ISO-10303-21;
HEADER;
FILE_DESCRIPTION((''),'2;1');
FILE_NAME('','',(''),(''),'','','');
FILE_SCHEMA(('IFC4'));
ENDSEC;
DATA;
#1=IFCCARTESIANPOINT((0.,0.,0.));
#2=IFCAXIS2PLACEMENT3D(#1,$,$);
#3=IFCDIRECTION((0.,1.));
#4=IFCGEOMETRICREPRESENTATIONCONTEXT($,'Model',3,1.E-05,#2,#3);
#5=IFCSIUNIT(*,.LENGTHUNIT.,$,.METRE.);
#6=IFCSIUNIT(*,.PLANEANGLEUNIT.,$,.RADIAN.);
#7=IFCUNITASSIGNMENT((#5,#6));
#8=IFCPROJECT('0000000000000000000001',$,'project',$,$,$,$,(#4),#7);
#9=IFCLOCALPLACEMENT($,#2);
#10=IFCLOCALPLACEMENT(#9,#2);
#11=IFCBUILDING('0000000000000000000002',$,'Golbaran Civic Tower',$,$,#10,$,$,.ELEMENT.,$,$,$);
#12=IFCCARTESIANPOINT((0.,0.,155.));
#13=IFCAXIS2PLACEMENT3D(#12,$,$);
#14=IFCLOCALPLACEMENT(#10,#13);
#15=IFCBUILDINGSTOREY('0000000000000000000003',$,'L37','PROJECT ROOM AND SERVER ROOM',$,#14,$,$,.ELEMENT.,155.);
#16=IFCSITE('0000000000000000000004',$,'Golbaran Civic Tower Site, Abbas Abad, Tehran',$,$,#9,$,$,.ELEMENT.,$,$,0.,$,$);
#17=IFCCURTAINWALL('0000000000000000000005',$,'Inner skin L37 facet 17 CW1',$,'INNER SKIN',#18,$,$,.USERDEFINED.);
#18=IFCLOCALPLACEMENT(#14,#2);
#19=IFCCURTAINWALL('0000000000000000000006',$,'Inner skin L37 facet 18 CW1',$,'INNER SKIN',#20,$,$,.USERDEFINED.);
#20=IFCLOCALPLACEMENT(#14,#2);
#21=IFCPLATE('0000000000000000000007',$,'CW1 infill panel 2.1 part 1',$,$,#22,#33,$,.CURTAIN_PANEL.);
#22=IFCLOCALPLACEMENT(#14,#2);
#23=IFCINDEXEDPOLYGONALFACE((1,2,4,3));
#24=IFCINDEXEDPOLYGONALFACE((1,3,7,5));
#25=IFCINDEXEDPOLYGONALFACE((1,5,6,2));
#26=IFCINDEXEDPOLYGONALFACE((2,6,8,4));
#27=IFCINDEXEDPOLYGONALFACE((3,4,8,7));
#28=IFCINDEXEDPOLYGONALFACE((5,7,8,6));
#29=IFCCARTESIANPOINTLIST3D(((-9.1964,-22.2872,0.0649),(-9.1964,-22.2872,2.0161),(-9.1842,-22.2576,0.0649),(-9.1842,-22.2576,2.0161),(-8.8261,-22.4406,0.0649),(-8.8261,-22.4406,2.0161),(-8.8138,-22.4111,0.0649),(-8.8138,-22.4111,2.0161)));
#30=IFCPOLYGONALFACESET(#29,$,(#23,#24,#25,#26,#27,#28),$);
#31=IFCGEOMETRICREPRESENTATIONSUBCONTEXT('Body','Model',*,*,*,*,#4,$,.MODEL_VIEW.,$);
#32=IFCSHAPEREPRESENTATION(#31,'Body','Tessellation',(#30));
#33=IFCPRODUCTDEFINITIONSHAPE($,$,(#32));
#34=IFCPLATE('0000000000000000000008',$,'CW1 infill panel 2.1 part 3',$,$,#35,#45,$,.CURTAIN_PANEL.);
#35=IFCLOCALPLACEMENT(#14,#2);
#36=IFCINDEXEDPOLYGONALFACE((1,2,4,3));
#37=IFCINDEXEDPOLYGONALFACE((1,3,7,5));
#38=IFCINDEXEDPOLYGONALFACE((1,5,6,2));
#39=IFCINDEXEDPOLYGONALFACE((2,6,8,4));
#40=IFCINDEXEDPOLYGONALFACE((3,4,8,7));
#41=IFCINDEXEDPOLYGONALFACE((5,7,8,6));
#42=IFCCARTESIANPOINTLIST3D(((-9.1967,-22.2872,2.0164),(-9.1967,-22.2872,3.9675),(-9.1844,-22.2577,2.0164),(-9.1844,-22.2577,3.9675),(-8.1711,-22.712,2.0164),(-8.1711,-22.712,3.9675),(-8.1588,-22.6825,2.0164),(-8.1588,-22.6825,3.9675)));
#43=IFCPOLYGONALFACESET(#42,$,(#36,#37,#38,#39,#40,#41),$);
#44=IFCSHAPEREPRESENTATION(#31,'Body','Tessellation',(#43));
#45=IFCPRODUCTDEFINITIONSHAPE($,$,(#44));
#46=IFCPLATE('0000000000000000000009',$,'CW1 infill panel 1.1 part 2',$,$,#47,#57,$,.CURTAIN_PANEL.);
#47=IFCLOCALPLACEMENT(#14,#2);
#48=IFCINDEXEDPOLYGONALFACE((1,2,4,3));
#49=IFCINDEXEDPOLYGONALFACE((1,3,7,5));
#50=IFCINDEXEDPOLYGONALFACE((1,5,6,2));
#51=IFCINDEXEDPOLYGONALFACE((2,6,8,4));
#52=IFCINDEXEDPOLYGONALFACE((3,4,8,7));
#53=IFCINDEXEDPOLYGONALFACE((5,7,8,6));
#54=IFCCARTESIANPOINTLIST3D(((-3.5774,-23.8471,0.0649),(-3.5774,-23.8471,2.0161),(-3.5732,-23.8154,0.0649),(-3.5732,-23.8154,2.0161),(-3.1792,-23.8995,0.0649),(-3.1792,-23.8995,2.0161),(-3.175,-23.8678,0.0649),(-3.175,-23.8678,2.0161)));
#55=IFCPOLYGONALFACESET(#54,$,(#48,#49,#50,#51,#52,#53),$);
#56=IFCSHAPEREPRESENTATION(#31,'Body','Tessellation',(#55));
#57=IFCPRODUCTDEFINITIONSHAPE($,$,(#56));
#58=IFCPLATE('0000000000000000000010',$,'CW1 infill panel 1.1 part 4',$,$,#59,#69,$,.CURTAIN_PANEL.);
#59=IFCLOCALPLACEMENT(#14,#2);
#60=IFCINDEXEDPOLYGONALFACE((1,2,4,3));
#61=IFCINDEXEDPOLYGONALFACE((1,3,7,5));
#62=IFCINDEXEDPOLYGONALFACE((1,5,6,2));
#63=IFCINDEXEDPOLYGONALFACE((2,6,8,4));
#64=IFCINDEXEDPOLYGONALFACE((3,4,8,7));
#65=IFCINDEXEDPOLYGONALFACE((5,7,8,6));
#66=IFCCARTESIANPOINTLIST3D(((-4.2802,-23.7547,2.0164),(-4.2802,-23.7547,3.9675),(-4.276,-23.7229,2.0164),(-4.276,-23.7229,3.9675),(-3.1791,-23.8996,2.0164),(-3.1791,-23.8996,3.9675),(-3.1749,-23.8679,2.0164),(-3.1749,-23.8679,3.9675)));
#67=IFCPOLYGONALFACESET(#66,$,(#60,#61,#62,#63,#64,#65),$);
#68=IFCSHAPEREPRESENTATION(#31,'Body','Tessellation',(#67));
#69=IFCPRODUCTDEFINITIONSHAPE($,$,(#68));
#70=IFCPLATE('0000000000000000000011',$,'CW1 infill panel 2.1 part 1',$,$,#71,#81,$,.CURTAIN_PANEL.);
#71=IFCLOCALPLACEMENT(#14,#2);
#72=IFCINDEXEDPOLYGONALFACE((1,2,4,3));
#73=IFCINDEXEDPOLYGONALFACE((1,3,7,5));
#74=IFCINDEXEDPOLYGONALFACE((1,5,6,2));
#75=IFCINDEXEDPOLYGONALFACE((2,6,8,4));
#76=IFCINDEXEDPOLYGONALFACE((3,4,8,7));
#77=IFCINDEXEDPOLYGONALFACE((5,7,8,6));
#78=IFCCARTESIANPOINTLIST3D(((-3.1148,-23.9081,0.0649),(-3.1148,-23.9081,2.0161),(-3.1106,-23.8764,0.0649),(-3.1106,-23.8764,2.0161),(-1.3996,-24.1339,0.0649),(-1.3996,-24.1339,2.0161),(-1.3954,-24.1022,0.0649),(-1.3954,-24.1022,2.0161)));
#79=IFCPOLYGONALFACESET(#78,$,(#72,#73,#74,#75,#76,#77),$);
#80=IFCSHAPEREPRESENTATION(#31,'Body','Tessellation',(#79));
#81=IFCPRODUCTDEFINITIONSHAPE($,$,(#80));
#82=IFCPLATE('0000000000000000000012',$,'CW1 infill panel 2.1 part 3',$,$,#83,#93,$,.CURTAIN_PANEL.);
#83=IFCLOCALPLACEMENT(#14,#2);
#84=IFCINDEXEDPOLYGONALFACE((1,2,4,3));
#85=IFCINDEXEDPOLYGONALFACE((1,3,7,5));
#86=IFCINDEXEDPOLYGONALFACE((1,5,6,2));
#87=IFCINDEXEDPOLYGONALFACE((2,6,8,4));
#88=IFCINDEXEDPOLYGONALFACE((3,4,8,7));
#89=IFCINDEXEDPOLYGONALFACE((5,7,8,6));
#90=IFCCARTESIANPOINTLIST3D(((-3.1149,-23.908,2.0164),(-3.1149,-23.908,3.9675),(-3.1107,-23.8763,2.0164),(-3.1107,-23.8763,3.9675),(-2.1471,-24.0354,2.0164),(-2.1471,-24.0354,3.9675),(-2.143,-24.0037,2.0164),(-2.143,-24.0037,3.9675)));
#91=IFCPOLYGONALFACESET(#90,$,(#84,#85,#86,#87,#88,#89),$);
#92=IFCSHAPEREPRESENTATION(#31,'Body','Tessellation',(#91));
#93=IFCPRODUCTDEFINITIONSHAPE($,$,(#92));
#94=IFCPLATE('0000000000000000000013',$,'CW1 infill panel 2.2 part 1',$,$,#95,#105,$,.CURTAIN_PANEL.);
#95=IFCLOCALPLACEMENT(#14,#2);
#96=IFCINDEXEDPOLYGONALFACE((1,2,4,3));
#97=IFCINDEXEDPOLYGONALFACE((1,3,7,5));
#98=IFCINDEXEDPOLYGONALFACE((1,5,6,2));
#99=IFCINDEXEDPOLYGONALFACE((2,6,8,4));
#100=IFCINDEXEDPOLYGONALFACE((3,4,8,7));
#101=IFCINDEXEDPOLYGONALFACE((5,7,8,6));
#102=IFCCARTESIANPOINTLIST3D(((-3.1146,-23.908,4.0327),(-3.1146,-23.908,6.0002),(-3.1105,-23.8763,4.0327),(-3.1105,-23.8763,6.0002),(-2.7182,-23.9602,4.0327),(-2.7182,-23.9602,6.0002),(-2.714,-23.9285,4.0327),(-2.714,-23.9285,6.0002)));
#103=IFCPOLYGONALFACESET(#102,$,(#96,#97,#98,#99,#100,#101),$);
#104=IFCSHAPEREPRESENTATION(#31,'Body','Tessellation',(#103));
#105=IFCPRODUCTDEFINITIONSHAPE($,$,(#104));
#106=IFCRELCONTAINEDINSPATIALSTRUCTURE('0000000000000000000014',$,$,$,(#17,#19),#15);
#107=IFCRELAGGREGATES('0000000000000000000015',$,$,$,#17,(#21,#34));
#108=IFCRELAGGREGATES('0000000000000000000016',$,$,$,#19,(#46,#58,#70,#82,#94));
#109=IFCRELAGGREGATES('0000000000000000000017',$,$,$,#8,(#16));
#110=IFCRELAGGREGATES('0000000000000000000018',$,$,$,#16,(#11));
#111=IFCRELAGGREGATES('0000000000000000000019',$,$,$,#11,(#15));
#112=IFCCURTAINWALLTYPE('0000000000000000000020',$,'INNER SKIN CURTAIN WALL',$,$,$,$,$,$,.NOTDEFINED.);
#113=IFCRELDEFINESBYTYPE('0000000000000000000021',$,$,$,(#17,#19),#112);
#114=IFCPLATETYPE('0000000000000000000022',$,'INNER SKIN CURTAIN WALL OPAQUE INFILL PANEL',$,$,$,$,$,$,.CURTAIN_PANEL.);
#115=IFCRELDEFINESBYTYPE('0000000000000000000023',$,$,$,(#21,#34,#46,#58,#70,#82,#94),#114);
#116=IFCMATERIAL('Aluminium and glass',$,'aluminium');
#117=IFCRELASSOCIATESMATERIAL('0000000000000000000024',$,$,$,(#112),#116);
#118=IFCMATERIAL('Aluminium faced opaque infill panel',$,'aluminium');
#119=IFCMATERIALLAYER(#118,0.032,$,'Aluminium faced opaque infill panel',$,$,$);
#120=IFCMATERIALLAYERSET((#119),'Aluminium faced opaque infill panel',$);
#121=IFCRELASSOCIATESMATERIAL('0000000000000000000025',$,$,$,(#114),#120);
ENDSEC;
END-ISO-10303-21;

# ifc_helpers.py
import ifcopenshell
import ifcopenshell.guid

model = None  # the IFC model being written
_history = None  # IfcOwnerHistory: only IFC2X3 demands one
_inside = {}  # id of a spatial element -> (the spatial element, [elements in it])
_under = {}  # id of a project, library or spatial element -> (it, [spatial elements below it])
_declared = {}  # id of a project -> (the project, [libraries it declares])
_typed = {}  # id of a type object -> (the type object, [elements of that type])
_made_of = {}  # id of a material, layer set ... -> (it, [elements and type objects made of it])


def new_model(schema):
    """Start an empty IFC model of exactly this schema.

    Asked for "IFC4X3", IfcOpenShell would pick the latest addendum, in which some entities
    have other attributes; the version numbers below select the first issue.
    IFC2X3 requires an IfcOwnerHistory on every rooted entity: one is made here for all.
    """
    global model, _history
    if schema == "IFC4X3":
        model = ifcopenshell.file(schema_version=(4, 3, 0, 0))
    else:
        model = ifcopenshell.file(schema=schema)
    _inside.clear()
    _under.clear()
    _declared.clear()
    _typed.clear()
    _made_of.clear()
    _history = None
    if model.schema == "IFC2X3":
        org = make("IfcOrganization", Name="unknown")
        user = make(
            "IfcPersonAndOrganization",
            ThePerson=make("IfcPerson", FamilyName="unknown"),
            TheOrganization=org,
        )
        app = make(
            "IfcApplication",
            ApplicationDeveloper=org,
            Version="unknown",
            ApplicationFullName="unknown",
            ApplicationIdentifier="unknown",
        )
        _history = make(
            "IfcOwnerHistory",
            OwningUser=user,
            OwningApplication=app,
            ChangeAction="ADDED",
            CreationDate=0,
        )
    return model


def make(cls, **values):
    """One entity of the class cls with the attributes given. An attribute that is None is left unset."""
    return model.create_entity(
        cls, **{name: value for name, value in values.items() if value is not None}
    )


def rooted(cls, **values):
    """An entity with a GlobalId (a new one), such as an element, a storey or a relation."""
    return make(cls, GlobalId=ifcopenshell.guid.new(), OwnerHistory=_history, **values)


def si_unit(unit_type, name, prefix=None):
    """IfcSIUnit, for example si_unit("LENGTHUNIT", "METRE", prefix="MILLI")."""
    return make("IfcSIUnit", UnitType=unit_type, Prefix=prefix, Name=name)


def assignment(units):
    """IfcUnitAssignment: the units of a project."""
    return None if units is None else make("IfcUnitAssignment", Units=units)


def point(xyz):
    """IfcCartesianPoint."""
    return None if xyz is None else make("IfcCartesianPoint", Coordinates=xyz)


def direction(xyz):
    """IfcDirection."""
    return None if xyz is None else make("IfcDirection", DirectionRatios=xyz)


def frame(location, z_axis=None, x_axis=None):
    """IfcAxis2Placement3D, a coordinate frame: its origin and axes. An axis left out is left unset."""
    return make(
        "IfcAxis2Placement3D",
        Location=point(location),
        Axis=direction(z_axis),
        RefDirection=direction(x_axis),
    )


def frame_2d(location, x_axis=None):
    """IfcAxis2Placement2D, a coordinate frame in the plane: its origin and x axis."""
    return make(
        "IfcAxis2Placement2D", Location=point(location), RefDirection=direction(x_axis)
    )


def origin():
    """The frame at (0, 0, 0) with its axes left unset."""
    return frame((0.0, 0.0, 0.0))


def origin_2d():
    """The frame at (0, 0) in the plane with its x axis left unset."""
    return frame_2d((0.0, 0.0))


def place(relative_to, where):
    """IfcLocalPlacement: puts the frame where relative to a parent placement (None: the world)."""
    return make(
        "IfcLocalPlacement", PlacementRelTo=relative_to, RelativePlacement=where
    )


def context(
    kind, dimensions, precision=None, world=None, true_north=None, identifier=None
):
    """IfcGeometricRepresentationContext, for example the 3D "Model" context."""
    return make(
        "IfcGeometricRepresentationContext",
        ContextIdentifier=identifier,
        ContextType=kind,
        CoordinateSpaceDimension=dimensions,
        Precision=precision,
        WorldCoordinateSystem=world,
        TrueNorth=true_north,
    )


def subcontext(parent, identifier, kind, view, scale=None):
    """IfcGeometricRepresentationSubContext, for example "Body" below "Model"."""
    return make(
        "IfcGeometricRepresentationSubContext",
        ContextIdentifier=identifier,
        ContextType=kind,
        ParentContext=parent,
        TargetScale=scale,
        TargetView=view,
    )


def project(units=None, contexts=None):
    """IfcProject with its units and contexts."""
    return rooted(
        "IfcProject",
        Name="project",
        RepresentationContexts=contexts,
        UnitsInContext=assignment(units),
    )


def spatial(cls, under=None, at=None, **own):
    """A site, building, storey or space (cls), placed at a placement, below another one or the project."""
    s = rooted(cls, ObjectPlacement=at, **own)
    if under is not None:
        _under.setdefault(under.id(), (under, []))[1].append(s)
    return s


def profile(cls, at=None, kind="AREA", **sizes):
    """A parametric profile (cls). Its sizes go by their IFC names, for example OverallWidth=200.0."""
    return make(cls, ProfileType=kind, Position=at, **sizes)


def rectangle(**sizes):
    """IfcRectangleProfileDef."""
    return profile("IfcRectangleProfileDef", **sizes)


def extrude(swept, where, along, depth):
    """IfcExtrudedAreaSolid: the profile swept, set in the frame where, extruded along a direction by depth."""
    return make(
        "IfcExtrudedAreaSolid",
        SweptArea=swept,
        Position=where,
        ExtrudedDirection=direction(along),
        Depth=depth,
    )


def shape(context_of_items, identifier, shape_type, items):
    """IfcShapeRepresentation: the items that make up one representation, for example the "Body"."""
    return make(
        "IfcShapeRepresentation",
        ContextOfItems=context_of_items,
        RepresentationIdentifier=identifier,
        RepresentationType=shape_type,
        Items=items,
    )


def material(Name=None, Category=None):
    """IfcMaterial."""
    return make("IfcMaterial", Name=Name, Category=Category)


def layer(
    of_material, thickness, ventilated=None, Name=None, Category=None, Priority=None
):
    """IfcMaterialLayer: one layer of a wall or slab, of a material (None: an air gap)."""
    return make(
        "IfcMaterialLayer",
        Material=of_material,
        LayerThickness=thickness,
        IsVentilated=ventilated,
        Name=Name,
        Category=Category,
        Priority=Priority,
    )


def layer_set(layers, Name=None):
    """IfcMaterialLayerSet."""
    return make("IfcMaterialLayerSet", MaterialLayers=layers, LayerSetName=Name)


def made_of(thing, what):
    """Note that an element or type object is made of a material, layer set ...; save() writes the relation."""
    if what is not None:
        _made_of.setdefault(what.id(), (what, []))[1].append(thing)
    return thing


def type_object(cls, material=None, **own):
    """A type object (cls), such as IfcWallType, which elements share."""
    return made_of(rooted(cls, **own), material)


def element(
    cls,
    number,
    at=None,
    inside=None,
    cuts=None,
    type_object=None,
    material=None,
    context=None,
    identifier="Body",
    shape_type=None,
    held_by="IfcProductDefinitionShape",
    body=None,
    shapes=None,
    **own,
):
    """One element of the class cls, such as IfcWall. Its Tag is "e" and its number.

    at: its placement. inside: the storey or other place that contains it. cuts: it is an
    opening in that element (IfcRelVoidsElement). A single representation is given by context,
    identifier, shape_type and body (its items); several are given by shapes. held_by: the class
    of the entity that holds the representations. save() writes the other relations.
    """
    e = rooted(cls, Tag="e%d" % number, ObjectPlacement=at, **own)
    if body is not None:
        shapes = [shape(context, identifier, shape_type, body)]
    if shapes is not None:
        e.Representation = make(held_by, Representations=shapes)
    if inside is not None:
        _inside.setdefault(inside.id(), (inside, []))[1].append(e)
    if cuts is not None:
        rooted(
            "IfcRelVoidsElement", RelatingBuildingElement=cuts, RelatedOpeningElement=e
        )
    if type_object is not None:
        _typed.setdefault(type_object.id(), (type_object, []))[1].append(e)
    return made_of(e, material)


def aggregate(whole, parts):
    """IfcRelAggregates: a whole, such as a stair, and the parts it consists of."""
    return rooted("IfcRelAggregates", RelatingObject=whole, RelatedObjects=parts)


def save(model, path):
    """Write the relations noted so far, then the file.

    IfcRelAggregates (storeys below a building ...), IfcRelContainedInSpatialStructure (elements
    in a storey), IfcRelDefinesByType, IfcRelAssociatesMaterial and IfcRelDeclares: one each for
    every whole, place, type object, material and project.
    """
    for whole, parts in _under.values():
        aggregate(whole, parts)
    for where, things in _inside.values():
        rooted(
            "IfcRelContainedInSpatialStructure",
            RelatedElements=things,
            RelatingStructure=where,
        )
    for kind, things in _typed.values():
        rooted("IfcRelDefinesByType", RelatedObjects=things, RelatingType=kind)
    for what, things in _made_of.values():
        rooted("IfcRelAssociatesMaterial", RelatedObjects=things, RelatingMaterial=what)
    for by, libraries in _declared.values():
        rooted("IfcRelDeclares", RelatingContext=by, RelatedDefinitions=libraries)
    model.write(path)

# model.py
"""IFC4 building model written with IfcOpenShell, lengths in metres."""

from ifc_helpers import new_model, si_unit, direction, frame, origin, origin_2d, place, context, subcontext, project, spatial, rectangle, extrude, material, layer, layer_set, type_object, element, aggregate, save


model = new_model("IFC4")

# Units and contexts
model_context = context("Model", 3, precision=1e-05, world=origin(), true_north=direction((0.0, 1.0)))
body_context = subcontext(model_context, "Body", "Model", "MODEL_VIEW")
ifc_project = project(units=[si_unit("LENGTHUNIT", "METRE"), si_unit("PLANEANGLEUNIT", "RADIAN")], contexts=[model_context])

# Site, building, storey
site_placement = place(None, origin())
site = spatial("IfcSite", under=ifc_project, at=site_placement, Name="Golbaran Civic Tower Site, Abbas Abad, Tehran", CompositionType="ELEMENT", RefElevation=0.0)
building_placement = place(site_placement, origin())
building = spatial("IfcBuilding", under=site, at=building_placement, Name="Golbaran Civic Tower", CompositionType="ELEMENT")
storey_placement = place(building_placement, frame((0.0, 0.0, 155.0)))
storey = spatial("IfcBuildingStorey", under=building, at=storey_placement, Name="L37", Description="PROJECT ROOM AND SERVER ROOM", CompositionType="ELEMENT", Elevation=155.0)

# Curtain walls
ifc_material_1 = material(Name="Aluminium and glass", Category="aluminium")
curtain_wall_type = type_object("IfcCurtainWallType", Name="INNER SKIN CURTAIN WALL", PredefinedType="NOTDEFINED", material=ifc_material_1)
curtain_wall_1_placement = place(storey_placement, origin())
curtain_wall_1 = element("IfcCurtainWall", 1, at=curtain_wall_1_placement, inside=storey, type_object=curtain_wall_type, Name="Inner skin L37 facet 17 CW1", ObjectType="INNER SKIN", PredefinedType="USERDEFINED")
curtain_wall_2_placement = place(storey_placement, origin())
curtain_wall_2 = element("IfcCurtainWall", 2, at=curtain_wall_2_placement, inside=storey, type_object=curtain_wall_type, Name="Inner skin L37 facet 18 CW1", ObjectType="INNER SKIN", PredefinedType="USERDEFINED")

# Plates
ifc_material_2 = material(Name="Aluminium faced opaque infill panel", Category="aluminium")
ifc_layer_1 = layer(ifc_material_2, 0.032, Name="Aluminium faced opaque infill panel")
ifc_layer_set_1 = layer_set([ifc_layer_1], Name="Aluminium faced opaque infill panel")
plate_type_1 = type_object("IfcPlateType", Name="INNER SKIN CURTAIN WALL OPAQUE INFILL PANEL", PredefinedType="CURTAIN_PANEL", material=ifc_layer_set_1)
plate_1_placement = place(storey_placement, frame((-9.0051, -22.3491, 0.0649), z_axis=(0.0, 0.0, 1.0), x_axis=(0.92388, -0.382683, 0.0)))
plate_1 = element("IfcPlate", 3, at=plate_1_placement, type_object=plate_type_1, Name="CW1 infill panel 2.1 part 1", PredefinedType="CURTAIN_PANEL", context=body_context, shape_type="SweptSolid", body=[
    extrude(rectangle(XDim=0.4009, YDim=0.032, at=origin_2d()), origin(), (0.0, 0.0, 1.0), 1.9512),
])
plate_2_placement = place(storey_placement, frame((-8.6777, -22.4849, 2.0164), z_axis=(0.0, 0.0, 1.0), x_axis=(0.92388, -0.382683, 0.0)))
plate_2 = element("IfcPlate", 4, at=plate_2_placement, type_object=plate_type_1, Name="CW1 infill panel 2.1 part 3", PredefinedType="CURTAIN_PANEL", context=body_context, shape_type="SweptSolid", body=[
    extrude(rectangle(XDim=1.1101, YDim=0.032, at=origin_2d()), origin(), (0.0, 0.0, 1.0), 1.9512),
])
aggregate(curtain_wall_1, [plate_1, plate_2])
plate_3_placement = place(storey_placement, frame((-3.3762, -23.8574, 0.0649), z_axis=(0.0, 0.0, 1.0), x_axis=(0.991445, -0.130526, 0.0)))
plate_3 = element("IfcPlate", 5, at=plate_3_placement, type_object=plate_type_1, Name="CW1 infill panel 1.1 part 2", PredefinedType="CURTAIN_PANEL", context=body_context, shape_type="SweptSolid", body=[
    extrude(rectangle(XDim=0.4016, YDim=0.032, at=origin_2d()), origin(), (0.0, 0.0, 1.0), 1.9512),
])
plate_4_placement = place(storey_placement, frame((-3.7275, -23.8113, 2.0164), z_axis=(0.0, 0.0, 1.0), x_axis=(0.991445, -0.130526, 0.0)))
plate_4 = element("IfcPlate", 6, at=plate_4_placement, type_object=plate_type_1, Name="CW1 infill panel 1.1 part 4", PredefinedType="CURTAIN_PANEL", context=body_context, shape_type="SweptSolid", body=[
    extrude(rectangle(XDim=1.1106, YDim=0.032, at=origin_2d()), origin(), (0.0, 0.0, 1.0), 1.9512),
])
plate_5_placement = place(storey_placement, frame((-2.2551, -24.0051, 0.0649), z_axis=(0.0, 0.0, 1.0), x_axis=(0.991445, -0.130526, 0.0)))
plate_5 = element("IfcPlate", 7, at=plate_5_placement, type_object=plate_type_1, Name="CW1 infill panel 2.1 part 1", PredefinedType="CURTAIN_PANEL", context=body_context, shape_type="SweptSolid", body=[
    extrude(rectangle(XDim=1.73, YDim=0.032, at=origin_2d()), origin(), (0.0, 0.0, 1.0), 1.9512),
])
plate_6_placement = place(storey_placement, frame((-2.6289, -23.9558, 2.0164), z_axis=(0.0, 0.0, 1.0), x_axis=(0.991445, -0.130526, 0.0)))
plate_6 = element("IfcPlate", 8, at=plate_6_placement, type_object=plate_type_1, Name="CW1 infill panel 2.1 part 3", PredefinedType="CURTAIN_PANEL", context=body_context, shape_type="SweptSolid", body=[
    extrude(rectangle(XDim=0.9761, YDim=0.032, at=origin_2d()), origin(), (0.0, 0.0, 1.0), 1.9512),
])
plate_7_placement = place(storey_placement, frame((-2.9143, -23.9182, 4.0327), z_axis=(0.0, 0.0, 1.0), x_axis=(0.991445, -0.130526, 0.0)))
plate_7 = element("IfcPlate", 9, at=plate_7_placement, type_object=plate_type_1, Name="CW1 infill panel 2.2 part 1", PredefinedType="CURTAIN_PANEL", context=body_context, shape_type="SweptSolid", body=[
    extrude(rectangle(XDim=0.3999, YDim=0.032, at=origin_2d()), origin(), (0.0, 0.0, 1.0), 1.9675),
])
aggregate(curtain_wall_2, [plate_3, plate_4, plate_5, plate_6, plate_7])

save(model, "model.ifc")
